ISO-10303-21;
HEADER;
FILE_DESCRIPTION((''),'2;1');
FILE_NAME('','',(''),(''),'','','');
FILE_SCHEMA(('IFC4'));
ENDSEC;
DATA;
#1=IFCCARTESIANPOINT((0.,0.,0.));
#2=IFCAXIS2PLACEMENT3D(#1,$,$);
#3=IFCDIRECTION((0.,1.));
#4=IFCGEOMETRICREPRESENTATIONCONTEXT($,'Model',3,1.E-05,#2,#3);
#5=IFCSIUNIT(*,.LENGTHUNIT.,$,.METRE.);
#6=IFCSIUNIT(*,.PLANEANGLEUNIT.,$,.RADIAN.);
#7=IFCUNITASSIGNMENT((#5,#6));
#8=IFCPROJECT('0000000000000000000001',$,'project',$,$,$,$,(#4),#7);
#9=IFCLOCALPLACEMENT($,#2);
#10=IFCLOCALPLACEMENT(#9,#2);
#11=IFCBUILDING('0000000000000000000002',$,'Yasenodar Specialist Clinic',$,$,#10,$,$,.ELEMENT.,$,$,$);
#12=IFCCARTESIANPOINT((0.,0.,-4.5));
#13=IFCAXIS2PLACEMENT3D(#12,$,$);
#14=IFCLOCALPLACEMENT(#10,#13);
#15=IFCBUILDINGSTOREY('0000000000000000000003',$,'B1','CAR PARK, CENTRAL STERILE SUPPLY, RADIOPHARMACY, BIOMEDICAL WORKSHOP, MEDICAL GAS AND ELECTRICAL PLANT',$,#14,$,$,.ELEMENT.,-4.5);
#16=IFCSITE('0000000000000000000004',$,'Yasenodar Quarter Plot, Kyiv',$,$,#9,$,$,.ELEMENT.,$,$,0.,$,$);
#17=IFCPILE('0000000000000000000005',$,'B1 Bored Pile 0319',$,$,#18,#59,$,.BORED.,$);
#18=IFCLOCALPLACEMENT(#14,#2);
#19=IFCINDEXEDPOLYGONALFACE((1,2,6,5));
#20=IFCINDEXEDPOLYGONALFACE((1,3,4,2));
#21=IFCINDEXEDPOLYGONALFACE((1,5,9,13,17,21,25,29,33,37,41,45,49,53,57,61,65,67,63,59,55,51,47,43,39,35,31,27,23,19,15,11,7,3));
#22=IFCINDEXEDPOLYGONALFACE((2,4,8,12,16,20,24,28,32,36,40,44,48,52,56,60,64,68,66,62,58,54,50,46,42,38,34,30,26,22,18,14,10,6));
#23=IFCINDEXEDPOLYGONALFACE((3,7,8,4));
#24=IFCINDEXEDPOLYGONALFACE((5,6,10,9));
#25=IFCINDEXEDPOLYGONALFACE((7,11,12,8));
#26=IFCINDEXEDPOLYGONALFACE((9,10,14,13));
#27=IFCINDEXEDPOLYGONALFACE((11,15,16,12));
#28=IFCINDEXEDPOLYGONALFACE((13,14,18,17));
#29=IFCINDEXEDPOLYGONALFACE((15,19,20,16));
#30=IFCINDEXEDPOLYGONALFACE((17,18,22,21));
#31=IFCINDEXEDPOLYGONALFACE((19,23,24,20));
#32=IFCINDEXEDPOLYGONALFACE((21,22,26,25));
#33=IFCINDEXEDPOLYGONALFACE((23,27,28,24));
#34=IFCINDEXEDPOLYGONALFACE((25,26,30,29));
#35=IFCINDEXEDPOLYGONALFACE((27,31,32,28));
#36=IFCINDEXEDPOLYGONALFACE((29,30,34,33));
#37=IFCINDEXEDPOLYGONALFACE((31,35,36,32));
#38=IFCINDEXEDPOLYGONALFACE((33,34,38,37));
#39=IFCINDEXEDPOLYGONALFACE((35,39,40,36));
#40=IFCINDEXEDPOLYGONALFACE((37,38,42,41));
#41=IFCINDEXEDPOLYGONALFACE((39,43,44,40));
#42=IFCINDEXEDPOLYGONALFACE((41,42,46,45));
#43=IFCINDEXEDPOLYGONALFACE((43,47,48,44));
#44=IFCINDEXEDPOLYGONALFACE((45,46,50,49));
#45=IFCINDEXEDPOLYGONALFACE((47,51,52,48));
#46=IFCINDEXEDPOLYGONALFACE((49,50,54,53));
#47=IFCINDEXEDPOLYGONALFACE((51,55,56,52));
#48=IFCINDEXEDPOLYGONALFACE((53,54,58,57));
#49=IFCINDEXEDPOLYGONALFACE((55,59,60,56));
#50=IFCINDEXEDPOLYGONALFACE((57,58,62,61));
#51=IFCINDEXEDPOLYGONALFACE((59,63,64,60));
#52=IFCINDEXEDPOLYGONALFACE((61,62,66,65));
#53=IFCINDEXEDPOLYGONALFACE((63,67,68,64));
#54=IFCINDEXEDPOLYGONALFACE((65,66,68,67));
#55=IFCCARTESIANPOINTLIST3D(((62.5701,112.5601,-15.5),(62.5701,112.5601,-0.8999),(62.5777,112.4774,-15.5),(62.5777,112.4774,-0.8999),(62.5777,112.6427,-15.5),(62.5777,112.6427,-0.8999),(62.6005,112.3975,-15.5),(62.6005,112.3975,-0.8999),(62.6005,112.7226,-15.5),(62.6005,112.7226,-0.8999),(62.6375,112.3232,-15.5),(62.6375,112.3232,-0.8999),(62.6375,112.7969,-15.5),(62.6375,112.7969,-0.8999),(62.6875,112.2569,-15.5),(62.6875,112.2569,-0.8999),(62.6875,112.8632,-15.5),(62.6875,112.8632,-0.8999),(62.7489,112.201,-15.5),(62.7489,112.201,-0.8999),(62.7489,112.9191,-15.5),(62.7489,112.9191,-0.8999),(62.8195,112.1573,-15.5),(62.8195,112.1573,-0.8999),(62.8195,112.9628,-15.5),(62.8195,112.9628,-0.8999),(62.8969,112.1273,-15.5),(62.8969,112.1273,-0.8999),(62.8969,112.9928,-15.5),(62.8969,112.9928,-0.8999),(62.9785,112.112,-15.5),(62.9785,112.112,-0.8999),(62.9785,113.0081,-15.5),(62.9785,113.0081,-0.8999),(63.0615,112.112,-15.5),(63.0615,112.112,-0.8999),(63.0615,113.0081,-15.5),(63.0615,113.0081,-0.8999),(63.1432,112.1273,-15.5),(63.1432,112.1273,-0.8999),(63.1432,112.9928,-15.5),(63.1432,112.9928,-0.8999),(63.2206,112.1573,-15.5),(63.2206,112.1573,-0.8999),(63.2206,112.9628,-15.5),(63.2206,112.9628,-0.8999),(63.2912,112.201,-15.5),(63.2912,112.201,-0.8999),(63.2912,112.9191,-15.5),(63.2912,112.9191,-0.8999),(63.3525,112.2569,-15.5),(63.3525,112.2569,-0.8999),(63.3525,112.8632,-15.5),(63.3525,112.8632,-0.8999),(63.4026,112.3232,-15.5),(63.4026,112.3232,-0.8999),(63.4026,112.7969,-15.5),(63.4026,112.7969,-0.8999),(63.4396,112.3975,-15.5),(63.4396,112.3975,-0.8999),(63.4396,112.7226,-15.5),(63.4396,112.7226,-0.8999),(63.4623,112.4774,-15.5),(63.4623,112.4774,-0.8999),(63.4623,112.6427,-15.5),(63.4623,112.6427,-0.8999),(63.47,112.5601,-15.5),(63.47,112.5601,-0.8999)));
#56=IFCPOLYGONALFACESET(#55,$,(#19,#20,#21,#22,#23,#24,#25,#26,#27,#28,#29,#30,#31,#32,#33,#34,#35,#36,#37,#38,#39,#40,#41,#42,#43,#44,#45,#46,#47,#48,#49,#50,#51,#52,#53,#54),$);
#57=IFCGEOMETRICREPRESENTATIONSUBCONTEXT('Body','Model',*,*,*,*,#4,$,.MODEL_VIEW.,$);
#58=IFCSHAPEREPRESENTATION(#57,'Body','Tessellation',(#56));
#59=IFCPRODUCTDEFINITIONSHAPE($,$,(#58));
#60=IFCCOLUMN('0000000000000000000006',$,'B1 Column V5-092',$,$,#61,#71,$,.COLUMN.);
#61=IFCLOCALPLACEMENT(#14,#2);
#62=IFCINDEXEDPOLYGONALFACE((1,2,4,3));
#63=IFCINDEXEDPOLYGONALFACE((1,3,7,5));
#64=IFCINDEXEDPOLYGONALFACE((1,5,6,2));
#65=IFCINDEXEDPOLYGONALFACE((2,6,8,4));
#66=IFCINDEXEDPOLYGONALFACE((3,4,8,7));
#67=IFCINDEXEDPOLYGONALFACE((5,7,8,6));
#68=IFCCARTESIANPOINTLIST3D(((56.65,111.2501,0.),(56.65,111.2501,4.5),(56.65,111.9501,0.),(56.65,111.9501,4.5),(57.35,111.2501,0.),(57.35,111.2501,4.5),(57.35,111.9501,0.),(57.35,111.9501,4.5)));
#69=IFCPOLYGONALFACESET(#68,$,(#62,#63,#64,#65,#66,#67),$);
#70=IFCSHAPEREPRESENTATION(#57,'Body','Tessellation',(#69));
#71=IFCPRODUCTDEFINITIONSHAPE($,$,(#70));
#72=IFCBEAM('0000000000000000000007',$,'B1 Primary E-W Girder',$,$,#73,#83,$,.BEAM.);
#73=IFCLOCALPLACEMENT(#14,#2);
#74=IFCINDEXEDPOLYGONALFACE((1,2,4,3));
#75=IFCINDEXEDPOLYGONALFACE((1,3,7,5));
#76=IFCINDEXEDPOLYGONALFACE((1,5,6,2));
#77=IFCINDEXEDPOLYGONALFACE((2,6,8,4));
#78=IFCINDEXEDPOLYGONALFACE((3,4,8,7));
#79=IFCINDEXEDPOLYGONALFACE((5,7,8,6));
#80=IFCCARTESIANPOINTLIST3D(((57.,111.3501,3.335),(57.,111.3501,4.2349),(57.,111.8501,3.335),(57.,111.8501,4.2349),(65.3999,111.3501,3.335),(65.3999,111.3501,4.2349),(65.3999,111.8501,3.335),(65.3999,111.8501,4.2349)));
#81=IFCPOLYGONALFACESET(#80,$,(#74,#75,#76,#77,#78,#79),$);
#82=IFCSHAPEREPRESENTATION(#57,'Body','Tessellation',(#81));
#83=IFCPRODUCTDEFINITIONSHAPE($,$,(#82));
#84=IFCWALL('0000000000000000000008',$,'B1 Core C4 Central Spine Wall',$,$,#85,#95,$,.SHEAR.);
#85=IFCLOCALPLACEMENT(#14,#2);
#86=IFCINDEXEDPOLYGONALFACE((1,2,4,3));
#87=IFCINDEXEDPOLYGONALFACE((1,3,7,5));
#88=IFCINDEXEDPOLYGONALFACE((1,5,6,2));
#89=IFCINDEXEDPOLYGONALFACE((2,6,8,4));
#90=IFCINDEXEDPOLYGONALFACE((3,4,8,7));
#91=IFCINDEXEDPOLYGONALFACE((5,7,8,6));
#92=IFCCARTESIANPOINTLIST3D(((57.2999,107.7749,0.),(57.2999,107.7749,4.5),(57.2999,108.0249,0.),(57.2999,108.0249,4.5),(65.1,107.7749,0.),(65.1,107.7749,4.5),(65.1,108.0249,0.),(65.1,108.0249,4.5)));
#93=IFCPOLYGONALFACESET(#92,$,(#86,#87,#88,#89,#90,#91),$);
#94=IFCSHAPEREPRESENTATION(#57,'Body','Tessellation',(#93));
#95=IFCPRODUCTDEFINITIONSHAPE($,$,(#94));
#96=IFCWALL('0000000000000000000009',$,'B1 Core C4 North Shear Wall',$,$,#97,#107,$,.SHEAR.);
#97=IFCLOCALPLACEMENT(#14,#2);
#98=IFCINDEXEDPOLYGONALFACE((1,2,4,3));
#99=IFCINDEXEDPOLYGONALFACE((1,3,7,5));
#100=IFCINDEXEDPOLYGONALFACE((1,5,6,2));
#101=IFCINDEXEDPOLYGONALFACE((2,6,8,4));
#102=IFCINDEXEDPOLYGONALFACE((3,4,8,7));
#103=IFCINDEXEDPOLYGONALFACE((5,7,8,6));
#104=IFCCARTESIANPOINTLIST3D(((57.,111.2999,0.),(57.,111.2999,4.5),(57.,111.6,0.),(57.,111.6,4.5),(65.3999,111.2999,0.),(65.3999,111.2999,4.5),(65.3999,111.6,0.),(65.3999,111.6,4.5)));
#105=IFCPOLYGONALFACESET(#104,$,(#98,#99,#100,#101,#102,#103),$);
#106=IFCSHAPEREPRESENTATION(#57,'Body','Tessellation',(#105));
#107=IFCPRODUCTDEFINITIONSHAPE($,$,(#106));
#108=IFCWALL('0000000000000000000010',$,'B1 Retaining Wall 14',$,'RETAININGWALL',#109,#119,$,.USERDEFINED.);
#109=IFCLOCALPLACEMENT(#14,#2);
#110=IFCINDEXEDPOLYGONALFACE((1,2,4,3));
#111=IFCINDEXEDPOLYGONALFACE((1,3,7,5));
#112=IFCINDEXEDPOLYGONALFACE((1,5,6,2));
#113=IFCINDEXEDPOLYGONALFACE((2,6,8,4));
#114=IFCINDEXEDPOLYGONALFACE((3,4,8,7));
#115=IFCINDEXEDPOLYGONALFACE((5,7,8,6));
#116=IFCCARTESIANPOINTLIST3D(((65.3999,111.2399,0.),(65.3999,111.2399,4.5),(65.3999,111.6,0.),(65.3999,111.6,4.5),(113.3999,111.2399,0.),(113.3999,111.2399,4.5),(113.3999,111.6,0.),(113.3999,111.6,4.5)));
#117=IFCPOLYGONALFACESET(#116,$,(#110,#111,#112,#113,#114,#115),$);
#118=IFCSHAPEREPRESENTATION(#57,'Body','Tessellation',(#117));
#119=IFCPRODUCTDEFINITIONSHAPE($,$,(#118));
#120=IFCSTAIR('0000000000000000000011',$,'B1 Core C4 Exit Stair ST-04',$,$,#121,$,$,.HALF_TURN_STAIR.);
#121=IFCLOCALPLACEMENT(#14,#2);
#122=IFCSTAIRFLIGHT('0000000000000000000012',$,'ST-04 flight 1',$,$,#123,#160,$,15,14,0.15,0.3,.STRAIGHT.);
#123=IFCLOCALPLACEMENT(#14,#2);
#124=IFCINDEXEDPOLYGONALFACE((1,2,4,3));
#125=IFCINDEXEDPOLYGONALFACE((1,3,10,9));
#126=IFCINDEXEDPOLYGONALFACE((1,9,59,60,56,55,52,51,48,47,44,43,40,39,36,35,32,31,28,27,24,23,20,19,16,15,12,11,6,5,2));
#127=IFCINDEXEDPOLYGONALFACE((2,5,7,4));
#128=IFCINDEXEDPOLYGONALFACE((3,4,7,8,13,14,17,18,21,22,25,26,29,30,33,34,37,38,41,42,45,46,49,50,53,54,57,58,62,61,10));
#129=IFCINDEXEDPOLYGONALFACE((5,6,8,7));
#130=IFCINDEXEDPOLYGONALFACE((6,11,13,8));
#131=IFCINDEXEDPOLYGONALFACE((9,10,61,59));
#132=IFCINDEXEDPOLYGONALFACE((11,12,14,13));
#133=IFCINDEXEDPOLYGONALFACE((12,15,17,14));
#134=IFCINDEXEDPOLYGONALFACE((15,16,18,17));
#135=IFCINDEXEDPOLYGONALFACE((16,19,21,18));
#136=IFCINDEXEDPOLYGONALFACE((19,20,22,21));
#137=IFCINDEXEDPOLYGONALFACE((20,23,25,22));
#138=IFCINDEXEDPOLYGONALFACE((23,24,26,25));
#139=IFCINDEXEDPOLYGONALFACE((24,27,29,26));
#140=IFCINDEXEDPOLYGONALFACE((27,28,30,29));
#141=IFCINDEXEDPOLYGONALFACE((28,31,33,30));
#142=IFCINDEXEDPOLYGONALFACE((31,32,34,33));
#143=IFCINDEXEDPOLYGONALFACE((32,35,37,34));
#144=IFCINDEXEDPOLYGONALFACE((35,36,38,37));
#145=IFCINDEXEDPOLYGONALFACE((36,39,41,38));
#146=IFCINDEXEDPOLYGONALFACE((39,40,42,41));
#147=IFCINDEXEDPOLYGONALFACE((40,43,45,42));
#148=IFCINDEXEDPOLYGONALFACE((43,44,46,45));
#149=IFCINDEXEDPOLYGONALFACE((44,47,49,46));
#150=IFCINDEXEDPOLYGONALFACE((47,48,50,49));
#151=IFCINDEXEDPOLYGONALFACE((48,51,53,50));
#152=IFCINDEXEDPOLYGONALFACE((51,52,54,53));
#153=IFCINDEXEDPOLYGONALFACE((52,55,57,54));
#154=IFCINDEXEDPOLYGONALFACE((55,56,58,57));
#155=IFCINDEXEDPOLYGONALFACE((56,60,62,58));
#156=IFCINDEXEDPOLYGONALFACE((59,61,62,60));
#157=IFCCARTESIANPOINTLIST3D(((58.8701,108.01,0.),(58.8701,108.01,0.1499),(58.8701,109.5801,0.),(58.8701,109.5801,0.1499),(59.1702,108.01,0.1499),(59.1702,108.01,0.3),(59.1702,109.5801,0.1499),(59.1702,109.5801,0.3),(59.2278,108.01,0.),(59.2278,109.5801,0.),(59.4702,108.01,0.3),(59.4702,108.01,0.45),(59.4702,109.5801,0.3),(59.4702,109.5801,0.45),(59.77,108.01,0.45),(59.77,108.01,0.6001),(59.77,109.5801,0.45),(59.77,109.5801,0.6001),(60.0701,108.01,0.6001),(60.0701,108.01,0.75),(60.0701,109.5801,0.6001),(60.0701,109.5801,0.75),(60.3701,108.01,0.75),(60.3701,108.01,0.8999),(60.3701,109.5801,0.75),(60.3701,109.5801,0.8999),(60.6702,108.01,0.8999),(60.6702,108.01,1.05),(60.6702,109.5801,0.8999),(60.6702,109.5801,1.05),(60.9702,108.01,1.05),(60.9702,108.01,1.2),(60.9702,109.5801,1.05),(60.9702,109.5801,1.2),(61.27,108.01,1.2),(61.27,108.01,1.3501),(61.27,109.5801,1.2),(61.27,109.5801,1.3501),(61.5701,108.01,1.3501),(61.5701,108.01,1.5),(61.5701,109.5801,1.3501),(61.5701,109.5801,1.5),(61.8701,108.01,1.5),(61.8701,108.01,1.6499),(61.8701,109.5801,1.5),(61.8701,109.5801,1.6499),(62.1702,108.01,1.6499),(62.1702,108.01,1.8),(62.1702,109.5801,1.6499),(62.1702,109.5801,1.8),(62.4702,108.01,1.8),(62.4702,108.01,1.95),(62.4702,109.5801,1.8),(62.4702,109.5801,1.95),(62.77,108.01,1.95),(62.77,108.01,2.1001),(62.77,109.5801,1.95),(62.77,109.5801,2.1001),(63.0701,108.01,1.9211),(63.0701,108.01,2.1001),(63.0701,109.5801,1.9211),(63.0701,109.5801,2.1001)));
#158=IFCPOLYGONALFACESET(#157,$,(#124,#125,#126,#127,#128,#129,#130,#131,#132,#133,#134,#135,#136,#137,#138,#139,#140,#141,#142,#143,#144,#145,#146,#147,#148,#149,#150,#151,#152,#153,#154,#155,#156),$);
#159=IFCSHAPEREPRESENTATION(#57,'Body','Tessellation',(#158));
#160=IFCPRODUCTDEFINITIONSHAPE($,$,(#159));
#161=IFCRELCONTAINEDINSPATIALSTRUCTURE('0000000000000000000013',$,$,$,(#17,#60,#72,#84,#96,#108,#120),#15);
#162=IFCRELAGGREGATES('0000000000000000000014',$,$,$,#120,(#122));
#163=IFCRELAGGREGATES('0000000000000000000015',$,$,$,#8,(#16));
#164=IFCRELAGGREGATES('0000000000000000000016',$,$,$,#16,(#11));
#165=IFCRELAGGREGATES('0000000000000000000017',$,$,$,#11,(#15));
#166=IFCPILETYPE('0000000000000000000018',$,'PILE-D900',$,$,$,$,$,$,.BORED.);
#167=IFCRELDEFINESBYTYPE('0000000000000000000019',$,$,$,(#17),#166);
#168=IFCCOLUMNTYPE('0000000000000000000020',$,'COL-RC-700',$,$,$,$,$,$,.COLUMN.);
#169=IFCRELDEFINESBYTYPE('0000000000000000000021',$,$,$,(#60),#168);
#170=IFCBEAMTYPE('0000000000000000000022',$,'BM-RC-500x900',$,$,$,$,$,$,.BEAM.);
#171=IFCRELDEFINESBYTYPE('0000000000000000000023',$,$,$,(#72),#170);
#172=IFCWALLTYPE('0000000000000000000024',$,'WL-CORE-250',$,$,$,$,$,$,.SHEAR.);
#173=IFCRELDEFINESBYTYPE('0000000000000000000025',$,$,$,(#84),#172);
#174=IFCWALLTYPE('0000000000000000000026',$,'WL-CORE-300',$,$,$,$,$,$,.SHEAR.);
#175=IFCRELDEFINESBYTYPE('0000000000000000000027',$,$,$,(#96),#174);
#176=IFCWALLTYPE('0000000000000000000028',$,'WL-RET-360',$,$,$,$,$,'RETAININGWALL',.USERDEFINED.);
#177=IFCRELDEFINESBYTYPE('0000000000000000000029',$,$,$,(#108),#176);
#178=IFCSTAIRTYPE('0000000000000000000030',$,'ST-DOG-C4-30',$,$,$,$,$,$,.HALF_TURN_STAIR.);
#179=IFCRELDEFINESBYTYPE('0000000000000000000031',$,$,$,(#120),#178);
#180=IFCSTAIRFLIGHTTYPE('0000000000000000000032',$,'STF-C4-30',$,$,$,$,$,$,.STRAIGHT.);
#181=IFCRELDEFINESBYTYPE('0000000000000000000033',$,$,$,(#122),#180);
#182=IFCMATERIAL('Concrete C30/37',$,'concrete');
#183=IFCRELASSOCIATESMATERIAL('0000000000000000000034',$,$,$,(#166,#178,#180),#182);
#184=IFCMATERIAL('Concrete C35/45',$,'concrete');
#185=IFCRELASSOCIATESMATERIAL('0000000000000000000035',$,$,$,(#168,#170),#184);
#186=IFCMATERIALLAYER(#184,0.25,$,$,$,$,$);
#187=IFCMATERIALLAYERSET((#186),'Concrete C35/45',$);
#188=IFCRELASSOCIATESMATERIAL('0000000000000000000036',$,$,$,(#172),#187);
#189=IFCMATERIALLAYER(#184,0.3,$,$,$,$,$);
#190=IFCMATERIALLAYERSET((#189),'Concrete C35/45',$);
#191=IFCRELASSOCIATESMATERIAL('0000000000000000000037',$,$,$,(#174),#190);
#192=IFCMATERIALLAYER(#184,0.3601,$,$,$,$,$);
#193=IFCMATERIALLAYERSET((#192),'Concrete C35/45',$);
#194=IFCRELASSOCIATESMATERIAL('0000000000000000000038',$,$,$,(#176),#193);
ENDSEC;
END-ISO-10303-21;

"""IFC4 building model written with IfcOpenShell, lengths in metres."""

from ifc_helpers import new_model, si_unit, direction, frame, frame_2d, origin, origin_2d, place, context, subcontext, project, spatial, polyline, rectangle, circle, outline, extrude, material, layer, layer_set, material_profile, profile_set, type_object, element, aggregate, save


model = new_model("IFC4")

# Units and contexts
model_context = context("Model", 3, precision=1e-05, world=origin(), true_north=direction((0.0, 1.0)))
body_context = subcontext(model_context, "Body", "Model", "MODEL_VIEW")
ifc_project = project(units=[si_unit("LENGTHUNIT", "METRE"), si_unit("PLANEANGLEUNIT", "RADIAN")], contexts=[model_context])

# Site, building, storey
site_placement = place(None, origin())
site = spatial("IfcSite", under=ifc_project, at=site_placement, Name="Yasenodar Quarter Plot, Kyiv", CompositionType="ELEMENT", RefElevation=0.0)
building_placement = place(site_placement, origin())
building = spatial("IfcBuilding", under=site, at=building_placement, Name="Yasenodar Specialist Clinic", CompositionType="ELEMENT")
storey_placement = place(building_placement, frame((0.0, 0.0, -4.5)))
storey = spatial("IfcBuildingStorey", under=building, at=storey_placement, Name="B1", Description="CAR PARK, CENTRAL STERILE SUPPLY, RADIOPHARMACY, BIOMEDICAL WORKSHOP, MEDICAL GAS AND ELECTRICAL PLANT", CompositionType="ELEMENT", Elevation=-4.5)

# Shared definitions
ifc_material_1 = material(Name="Concrete C35/45", Category="concrete")

# Pile
ifc_material_2 = material(Name="Concrete C30/37", Category="concrete")
ifc_material_profile_1 = material_profile(ifc_material_2, circle(Radius=0.45, at=origin_2d()), Name="PILE D900")
ifc_profile_set_1 = profile_set([ifc_material_profile_1], Name="Concrete C30/37")
pile_type = type_object("IfcPileType", Name="PILE-D900", PredefinedType="BORED", material=ifc_profile_set_1)
for number, where, z_axis, x_axis, name in (
    (1, (63.02, 112.5601, -0.8999), (0.0, 0.0, -1.0), (1.0, 0.0, 0.0), "B1 Bored Pile 0319"),
):
    element("IfcPile", number, at=place(storey_placement, frame(where, z_axis=z_axis, x_axis=x_axis)), inside=storey, type_object=pile_type, Name=name, PredefinedType="BORED", context=body_context, shape_type="SweptSolid", body=[
        extrude(circle(Radius=0.45, at=origin_2d()), origin(), (0.0, 0.0, 1.0), 14.6001),
    ])

# Column
ifc_material_profile_2 = material_profile(ifc_material_1, rectangle(XDim=0.7, YDim=0.7, at=origin_2d()), Name="RC 700x700")
ifc_profile_set_2 = profile_set([ifc_material_profile_2], Name="Concrete C35/45")
column_type = type_object("IfcColumnType", Name="COL-RC-700", PredefinedType="COLUMN", material=ifc_profile_set_2)
column_placement = place(storey_placement, frame((57.0, 111.6001, 0.0), z_axis=(0.0, 0.0, 1.0), x_axis=(1.0, 0.0, 0.0)))
element("IfcColumn", 2, at=column_placement, inside=storey, type_object=column_type, Name="B1 Column V5-092", PredefinedType="COLUMN", context=body_context, shape_type="SweptSolid", body=[
    extrude(rectangle(XDim=0.7, YDim=0.7, at=origin_2d()), origin(), (0.0, 0.0, 1.0), 4.5),
])

# Beam
ifc_material_profile_3 = material_profile(ifc_material_1, rectangle(XDim=0.5, YDim=0.8999, at=origin_2d()), Name="RC 500x900")
ifc_profile_set_3 = profile_set([ifc_material_profile_3], Name="Concrete C35/45")
beam_type = type_object("IfcBeamType", Name="BM-RC-500x900", PredefinedType="BEAM", material=ifc_profile_set_3)
beam_placement = place(storey_placement, frame((57.0, 111.6001, 3.7849), z_axis=(1.0, 0.0, 0.0), x_axis=(0.0, 1.0, 0.0)))
element("IfcBeam", 3, at=beam_placement, inside=storey, type_object=beam_type, Name="B1 Primary E-W Girder", PredefinedType="BEAM", context=body_context, shape_type="SweptSolid", body=[
    extrude(rectangle(XDim=0.5, YDim=0.8999, at=origin_2d()), origin(), (0.0, 0.0, 1.0), 8.3999),
])

# Walls
ifc_layer_1 = layer(ifc_material_1, 0.25)
ifc_layer_set_1 = layer_set([ifc_layer_1], Name="Concrete C35/45")
wall_type_1 = type_object("IfcWallType", Name="WL-CORE-250", PredefinedType="SHEAR", material=ifc_layer_set_1)
wall_1_placement = place(storey_placement, frame((57.3, 107.8999, 0.0), z_axis=(0.0, 0.0, 1.0), x_axis=(1.0, 0.0, 0.0)))
element("IfcWall", 4, at=wall_1_placement, inside=storey, type_object=wall_type_1, Name="B1 Core C4 Central Spine Wall", PredefinedType="SHEAR", context=body_context, shape_type="SweptSolid", body=[
    extrude(rectangle(XDim=7.8, YDim=0.25, at=frame_2d((3.8999, 0.0))), origin(), (0.0, 0.0, 1.0), 4.5),
])
ifc_layer_2 = layer(ifc_material_1, 0.3)
ifc_layer_set_2 = layer_set([ifc_layer_2], Name="Concrete C35/45")
wall_type_2 = type_object("IfcWallType", Name="WL-CORE-300", PredefinedType="SHEAR", material=ifc_layer_set_2)
wall_2_placement = place(storey_placement, frame((57.0, 111.45, 0.0), z_axis=(0.0, 0.0, 1.0), x_axis=(1.0, 0.0, 0.0)))
element("IfcWall", 5, at=wall_2_placement, inside=storey, type_object=wall_type_2, Name="B1 Core C4 North Shear Wall", PredefinedType="SHEAR", context=body_context, shape_type="SweptSolid", body=[
    extrude(rectangle(XDim=8.3999, YDim=0.3, at=frame_2d((4.2, 0.0))), origin(), (0.0, 0.0, 1.0), 4.5),
])
ifc_layer_3 = layer(ifc_material_1, 0.3601)
ifc_layer_set_3 = layer_set([ifc_layer_3], Name="Concrete C35/45")
wall_type_3 = type_object("IfcWallType", Name="WL-RET-360", ElementType="RETAININGWALL", PredefinedType="USERDEFINED", material=ifc_layer_set_3)
wall_3_placement = place(storey_placement, frame((65.3999, 111.4199, 0.0), z_axis=(0.0, 0.0, 1.0), x_axis=(1.0, 0.0, 0.0)))
element("IfcWall", 6, at=wall_3_placement, inside=storey, type_object=wall_type_3, Name="B1 Retaining Wall 14", ObjectType="RETAININGWALL", PredefinedType="USERDEFINED", context=body_context, shape_type="SweptSolid", body=[
    extrude(rectangle(XDim=48.0, YDim=0.3601, at=frame_2d((24.0, 0.0))), origin(), (0.0, 0.0, 1.0), 4.5),
])

# Stair, stair flight
stair_type = type_object("IfcStairType", Name="ST-DOG-C4-30", PredefinedType="HALF_TURN_STAIR", material=ifc_material_2)
stair_placement = place(storey_placement, origin())
stair = element("IfcStair", 7, at=stair_placement, inside=storey, type_object=stair_type, Name="B1 Core C4 Exit Stair ST-04", PredefinedType="HALF_TURN_STAIR")
stair_flight_type = type_object("IfcStairFlightType", Name="STF-C4-30", PredefinedType="STRAIGHT", material=ifc_material_2)
stair_flight_1_placement = place(storey_placement, frame((58.8701, 108.7949, 0.0), z_axis=(0.0, 0.0, 1.0), x_axis=(1.0, 0.0, 0.0)))
stair_flight_1 = element("IfcStairFlight", 8, at=stair_flight_1_placement, type_object=stair_flight_type, Name="ST-04 flight 1", NumberOfRisers=15, NumberOfTreads=14, PredefinedType="STRAIGHT", RiserHeight=0.15, TreadLength=0.3, context=body_context, shape_type="SweptSolid", body=[
    extrude(outline(polyline([(0.0, 0.0), (0.0, 0.1499), (0.3, 0.1499), (0.3, 0.3), (0.6001, 0.3), (0.6001, 0.45), (0.8999, 0.45), (0.8999, 0.6001), (1.2, 0.6001), (1.2, 0.75), (1.5, 0.75), (1.5, 0.8999), (1.8, 0.8999), (1.8, 1.05), (2.1001, 1.05), (2.1001, 1.2), (2.3999, 1.2), (2.3999, 1.3501), (2.7, 1.3501), (2.7, 1.5), (3.0, 1.5), (3.0, 1.6499), (3.3, 1.6499), (3.3, 1.8), (3.6001, 1.8), (3.6001, 1.95), (3.8999, 1.95), (3.8999, 2.1001), (4.2, 2.1001), (4.2, 2.25), (4.2, 1.9211), (0.3577, 0.0), (0.0, 0.0)])), frame((0.0, 0.7852, 0.0), z_axis=(0.0, -1.0, 0.0), x_axis=(1.0, 0.0, 0.0)), (0.0, 0.0, 1.0), 1.5701),
])
aggregate(stair, [stair_flight_1])

save(model, "model.ifc")
